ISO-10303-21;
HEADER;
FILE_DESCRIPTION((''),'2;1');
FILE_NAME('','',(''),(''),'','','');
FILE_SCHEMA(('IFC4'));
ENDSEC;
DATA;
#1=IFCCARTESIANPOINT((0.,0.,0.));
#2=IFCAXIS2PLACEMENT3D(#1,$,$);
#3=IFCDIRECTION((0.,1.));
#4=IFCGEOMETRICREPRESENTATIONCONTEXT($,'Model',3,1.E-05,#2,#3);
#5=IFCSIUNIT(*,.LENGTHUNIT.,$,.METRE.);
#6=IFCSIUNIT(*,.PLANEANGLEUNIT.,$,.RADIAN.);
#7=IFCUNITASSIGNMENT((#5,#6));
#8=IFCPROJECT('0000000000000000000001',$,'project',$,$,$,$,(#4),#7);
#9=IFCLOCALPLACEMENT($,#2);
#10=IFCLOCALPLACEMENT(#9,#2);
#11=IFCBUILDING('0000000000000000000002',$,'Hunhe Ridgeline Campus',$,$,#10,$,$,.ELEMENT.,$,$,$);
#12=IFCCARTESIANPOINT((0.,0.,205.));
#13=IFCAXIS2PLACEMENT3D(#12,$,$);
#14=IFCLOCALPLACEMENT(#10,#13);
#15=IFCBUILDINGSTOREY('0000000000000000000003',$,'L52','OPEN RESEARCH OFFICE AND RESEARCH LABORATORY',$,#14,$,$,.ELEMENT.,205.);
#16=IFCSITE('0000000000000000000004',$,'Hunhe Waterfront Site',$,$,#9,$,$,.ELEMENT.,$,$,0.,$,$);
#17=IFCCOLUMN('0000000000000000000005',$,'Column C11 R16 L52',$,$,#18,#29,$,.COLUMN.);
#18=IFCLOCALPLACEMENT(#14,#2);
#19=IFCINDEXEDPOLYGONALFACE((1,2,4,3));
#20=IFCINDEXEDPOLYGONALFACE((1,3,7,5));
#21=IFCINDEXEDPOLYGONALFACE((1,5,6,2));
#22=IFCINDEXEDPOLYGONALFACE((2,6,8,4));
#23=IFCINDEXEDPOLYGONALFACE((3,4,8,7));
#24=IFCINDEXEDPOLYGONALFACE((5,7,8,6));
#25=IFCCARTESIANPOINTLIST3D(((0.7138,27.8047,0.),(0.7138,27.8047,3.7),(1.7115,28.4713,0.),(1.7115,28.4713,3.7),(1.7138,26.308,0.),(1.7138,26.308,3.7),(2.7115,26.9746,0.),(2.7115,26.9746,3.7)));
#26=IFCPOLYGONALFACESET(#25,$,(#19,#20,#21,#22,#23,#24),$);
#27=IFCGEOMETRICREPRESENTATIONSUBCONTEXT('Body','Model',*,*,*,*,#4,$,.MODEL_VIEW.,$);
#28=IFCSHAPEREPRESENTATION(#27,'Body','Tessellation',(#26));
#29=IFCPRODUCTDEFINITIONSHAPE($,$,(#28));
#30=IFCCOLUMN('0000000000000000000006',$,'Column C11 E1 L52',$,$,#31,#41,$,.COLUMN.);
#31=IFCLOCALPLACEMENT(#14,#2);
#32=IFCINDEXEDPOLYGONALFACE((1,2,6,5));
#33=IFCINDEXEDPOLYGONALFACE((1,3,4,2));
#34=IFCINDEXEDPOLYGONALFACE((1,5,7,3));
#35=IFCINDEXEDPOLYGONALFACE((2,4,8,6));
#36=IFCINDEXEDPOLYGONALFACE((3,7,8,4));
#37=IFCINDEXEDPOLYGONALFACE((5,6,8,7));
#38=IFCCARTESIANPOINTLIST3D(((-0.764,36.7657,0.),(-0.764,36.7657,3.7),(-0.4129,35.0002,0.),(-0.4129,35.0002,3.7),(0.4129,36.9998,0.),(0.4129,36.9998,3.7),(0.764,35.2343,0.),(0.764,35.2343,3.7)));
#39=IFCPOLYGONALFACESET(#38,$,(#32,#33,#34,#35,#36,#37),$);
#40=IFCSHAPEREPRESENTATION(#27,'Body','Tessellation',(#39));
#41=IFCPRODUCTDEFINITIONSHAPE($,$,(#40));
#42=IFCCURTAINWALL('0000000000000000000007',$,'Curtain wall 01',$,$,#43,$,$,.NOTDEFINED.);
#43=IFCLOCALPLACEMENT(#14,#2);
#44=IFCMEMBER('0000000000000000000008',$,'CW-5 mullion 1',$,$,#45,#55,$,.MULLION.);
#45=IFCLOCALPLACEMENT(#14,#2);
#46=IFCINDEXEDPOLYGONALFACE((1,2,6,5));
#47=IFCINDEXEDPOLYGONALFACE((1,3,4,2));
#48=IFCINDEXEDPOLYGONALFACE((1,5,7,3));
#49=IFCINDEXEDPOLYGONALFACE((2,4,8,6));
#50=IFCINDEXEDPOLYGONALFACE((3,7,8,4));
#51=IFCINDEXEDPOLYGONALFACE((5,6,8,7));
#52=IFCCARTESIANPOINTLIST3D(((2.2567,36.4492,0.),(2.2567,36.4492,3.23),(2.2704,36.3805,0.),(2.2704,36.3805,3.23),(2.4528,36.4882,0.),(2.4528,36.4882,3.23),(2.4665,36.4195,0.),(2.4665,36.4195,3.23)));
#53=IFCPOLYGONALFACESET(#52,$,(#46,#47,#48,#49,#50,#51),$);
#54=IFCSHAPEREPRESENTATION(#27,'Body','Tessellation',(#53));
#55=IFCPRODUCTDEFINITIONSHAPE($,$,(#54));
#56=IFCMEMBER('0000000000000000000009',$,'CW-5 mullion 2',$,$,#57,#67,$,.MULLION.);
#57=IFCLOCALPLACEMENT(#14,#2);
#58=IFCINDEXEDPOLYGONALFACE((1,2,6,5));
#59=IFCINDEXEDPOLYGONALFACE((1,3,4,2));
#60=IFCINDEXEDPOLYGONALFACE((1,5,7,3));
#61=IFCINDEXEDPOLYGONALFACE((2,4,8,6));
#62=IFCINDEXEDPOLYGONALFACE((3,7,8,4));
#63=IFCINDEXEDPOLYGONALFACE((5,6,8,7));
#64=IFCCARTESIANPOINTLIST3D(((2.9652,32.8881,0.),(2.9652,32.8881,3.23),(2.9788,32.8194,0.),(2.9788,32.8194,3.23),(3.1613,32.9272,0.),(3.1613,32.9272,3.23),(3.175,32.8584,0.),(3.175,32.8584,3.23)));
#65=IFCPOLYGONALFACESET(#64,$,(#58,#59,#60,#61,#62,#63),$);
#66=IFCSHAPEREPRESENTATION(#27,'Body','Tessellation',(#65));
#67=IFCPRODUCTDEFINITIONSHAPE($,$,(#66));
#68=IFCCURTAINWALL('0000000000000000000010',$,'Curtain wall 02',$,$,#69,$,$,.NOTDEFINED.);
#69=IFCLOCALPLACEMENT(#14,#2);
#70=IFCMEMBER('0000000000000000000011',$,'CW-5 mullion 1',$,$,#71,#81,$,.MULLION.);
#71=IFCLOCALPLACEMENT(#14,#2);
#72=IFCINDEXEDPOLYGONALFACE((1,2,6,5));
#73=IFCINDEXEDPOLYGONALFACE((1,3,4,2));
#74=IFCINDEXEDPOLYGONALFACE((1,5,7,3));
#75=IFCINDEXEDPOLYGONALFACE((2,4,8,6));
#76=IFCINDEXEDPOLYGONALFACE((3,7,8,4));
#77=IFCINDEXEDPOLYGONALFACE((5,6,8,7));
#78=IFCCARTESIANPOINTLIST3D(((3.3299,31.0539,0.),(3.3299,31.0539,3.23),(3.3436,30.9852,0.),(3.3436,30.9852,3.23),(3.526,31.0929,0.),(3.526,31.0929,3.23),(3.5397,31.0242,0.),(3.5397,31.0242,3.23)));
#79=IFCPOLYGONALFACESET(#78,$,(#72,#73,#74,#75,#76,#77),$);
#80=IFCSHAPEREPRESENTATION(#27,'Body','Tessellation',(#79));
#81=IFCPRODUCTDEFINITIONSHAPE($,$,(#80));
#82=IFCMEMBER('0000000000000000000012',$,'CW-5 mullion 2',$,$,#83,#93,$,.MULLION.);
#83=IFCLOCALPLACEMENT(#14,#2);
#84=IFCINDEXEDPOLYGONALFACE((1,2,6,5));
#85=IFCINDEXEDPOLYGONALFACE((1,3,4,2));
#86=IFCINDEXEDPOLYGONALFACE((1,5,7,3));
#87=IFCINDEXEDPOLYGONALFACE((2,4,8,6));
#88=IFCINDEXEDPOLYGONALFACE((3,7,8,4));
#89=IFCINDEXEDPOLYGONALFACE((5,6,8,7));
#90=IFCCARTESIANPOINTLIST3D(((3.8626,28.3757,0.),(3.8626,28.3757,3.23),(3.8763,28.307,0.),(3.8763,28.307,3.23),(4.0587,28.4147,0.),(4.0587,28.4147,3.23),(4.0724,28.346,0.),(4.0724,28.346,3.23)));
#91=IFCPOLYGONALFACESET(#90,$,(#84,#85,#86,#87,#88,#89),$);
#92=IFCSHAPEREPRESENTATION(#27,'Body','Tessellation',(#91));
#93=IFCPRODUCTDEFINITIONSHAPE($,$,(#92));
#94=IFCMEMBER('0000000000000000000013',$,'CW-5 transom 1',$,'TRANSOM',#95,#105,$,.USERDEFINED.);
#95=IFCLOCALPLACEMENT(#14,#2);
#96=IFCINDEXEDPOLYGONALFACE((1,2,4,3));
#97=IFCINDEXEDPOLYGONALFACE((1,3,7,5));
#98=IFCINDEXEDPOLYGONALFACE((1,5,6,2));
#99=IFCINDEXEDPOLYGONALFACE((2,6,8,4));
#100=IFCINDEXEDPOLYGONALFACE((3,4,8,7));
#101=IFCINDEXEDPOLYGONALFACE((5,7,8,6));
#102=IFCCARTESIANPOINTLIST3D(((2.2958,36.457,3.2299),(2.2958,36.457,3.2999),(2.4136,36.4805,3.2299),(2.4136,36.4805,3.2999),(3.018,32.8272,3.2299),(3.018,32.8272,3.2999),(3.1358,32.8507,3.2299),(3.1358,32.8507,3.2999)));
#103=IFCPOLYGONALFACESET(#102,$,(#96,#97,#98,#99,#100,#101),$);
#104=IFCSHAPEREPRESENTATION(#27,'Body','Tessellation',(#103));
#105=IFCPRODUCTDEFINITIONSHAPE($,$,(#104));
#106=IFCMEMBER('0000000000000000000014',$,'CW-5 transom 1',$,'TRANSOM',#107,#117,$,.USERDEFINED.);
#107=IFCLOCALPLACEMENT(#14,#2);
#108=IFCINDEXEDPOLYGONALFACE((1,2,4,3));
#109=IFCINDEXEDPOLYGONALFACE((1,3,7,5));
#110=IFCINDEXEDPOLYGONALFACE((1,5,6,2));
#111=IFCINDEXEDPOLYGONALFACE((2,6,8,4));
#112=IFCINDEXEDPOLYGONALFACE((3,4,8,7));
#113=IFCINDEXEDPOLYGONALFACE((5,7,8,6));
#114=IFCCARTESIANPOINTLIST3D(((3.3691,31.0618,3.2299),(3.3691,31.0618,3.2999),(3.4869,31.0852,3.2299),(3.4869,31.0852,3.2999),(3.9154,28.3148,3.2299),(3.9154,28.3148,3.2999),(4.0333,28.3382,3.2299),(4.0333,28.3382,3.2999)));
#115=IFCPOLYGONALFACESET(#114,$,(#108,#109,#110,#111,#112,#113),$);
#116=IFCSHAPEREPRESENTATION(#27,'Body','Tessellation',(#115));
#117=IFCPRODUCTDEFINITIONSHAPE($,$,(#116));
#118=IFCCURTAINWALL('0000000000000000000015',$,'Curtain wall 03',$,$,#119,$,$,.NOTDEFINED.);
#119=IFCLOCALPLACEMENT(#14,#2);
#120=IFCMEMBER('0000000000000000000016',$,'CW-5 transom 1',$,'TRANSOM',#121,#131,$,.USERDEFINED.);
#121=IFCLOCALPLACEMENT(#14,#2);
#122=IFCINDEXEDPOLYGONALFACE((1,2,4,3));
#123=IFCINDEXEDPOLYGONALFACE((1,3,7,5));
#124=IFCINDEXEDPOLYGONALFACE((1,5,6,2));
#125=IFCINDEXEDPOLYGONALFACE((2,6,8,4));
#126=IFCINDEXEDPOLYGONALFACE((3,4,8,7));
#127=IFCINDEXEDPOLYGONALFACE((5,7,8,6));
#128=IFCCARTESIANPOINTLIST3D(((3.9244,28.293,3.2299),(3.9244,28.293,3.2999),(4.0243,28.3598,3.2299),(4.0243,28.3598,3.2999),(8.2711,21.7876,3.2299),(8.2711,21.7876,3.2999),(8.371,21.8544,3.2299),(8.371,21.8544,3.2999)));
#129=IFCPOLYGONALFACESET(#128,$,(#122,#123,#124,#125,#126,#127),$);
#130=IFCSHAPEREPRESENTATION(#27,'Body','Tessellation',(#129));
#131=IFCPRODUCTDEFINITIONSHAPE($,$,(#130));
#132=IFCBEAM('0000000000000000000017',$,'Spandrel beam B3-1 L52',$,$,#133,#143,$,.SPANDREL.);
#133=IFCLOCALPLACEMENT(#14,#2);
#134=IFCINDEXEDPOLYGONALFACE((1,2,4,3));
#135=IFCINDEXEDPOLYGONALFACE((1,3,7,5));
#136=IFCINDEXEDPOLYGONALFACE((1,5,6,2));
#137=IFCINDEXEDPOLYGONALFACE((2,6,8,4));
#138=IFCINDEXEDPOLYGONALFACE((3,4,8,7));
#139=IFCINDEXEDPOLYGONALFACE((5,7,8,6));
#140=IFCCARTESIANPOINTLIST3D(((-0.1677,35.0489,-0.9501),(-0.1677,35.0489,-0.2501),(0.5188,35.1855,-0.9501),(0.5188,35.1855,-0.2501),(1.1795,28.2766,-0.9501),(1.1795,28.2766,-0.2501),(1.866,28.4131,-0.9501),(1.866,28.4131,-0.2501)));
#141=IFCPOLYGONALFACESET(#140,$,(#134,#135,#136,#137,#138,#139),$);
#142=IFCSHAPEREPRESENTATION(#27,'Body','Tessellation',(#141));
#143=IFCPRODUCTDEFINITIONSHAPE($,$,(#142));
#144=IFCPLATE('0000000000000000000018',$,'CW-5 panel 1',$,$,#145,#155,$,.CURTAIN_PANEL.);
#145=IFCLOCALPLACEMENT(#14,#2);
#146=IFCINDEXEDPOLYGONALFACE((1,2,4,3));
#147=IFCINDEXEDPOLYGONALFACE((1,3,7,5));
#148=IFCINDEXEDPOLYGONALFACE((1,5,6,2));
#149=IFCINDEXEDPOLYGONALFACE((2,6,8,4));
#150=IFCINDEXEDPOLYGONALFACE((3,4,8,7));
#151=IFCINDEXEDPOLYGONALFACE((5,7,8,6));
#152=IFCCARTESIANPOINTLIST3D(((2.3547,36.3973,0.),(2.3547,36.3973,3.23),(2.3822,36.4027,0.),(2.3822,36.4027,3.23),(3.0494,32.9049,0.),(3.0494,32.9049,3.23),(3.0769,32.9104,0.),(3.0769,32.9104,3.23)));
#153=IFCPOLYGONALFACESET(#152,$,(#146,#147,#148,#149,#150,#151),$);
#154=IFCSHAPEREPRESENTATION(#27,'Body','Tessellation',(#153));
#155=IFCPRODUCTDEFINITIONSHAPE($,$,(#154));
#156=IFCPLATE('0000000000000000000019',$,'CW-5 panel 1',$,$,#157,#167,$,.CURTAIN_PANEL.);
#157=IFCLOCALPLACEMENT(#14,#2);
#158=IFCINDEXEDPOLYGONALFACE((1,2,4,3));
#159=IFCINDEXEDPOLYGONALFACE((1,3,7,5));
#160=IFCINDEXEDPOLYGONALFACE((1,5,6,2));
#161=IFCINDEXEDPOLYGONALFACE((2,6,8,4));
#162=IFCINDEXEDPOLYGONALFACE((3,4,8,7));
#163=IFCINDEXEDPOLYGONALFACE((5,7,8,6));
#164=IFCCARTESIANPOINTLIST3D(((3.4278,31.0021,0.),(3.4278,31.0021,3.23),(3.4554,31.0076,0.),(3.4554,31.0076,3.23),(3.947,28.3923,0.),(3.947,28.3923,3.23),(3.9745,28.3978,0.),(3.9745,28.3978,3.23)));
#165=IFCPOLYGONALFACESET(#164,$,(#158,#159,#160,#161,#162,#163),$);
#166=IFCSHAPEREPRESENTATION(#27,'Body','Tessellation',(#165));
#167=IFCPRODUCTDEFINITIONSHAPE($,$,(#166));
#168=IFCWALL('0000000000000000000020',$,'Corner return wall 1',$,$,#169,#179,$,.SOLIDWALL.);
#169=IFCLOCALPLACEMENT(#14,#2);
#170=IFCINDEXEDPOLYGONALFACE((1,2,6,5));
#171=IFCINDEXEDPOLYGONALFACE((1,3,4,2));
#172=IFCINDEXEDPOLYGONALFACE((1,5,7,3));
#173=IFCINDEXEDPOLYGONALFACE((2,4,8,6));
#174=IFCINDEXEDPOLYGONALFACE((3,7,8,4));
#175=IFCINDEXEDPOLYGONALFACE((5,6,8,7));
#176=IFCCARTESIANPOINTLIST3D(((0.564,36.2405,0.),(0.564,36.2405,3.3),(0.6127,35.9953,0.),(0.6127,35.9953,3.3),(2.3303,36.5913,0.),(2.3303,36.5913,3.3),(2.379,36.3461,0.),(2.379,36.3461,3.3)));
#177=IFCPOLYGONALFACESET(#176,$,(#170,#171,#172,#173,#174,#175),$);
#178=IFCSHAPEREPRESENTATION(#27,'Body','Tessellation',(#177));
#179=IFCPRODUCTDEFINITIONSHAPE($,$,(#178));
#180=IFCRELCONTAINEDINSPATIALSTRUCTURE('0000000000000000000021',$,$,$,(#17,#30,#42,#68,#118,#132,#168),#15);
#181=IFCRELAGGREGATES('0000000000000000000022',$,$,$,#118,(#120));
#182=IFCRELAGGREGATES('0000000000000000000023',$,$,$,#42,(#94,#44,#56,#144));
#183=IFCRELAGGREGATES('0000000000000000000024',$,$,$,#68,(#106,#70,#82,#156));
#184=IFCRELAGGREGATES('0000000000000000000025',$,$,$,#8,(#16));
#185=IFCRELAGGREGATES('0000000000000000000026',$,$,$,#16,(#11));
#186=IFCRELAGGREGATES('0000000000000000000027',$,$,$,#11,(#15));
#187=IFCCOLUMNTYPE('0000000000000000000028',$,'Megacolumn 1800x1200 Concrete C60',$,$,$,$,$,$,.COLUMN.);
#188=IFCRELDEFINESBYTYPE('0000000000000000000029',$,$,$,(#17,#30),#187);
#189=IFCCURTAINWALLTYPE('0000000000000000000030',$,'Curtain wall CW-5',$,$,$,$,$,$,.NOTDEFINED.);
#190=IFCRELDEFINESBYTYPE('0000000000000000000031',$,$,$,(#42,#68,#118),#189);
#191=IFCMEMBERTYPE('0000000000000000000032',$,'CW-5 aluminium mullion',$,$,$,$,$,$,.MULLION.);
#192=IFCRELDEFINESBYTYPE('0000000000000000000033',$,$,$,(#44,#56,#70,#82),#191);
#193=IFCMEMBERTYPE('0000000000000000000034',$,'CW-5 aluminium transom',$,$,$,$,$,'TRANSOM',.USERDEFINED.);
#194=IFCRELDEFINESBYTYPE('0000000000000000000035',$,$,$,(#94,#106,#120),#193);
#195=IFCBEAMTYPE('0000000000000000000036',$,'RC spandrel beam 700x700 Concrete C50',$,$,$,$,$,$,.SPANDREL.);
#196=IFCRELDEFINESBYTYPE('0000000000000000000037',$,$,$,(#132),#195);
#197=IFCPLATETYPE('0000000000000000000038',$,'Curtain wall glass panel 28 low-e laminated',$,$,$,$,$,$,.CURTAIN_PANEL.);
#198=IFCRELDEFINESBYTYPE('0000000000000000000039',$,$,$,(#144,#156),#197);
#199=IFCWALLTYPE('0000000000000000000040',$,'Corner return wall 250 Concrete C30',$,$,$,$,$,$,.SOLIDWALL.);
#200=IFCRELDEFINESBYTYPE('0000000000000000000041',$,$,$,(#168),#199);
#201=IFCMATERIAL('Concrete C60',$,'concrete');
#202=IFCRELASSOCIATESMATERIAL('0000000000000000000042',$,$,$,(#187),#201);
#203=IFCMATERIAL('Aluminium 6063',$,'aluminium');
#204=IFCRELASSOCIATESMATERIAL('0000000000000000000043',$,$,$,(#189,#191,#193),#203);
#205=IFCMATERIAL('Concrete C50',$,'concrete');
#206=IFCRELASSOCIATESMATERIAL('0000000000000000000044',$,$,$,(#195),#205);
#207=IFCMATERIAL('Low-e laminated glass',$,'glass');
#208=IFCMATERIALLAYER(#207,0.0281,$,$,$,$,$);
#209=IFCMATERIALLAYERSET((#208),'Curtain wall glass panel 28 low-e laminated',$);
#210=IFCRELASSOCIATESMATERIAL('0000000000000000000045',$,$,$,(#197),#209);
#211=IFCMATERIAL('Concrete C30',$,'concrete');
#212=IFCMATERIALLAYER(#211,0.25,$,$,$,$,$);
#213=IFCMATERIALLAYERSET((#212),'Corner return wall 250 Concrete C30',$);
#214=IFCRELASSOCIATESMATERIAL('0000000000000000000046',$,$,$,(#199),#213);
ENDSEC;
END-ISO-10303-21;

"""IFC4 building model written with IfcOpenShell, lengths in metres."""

from ifc_helpers import new_model, si_unit, direction, frame, frame_2d, origin, origin_2d, place, context, subcontext, project, spatial, rectangle, extrude, material, layer, layer_set, material_profile, profile_set, type_object, element, aggregate, save


model = new_model("IFC4")

# Units and contexts
model_context = context("Model", 3, precision=1e-05, world=origin(), true_north=direction((0.0, 1.0)))
body_context = subcontext(model_context, "Body", "Model", "MODEL_VIEW")
ifc_project = project(units=[si_unit("LENGTHUNIT", "METRE"), si_unit("PLANEANGLEUNIT", "RADIAN")], contexts=[model_context])

# Site, building, storey
site_placement = place(None, origin())
site = spatial("IfcSite", under=ifc_project, at=site_placement, Name="Hunhe Waterfront Site", CompositionType="ELEMENT", RefElevation=0.0)
building_placement = place(site_placement, origin())
building = spatial("IfcBuilding", under=site, at=building_placement, Name="Hunhe Ridgeline Campus", CompositionType="ELEMENT")
storey_placement = place(building_placement, frame((0.0, 0.0, 205.0)))
storey = spatial("IfcBuildingStorey", under=building, at=storey_placement, Name="L52", Description="OPEN RESEARCH OFFICE AND RESEARCH LABORATORY", CompositionType="ELEMENT", Elevation=205.0)

# Columns
ifc_material_1 = material(Name="Concrete C60", Category="concrete")
ifc_material_profile_1 = material_profile(ifc_material_1, rectangle(XDim=1.8, YDim=1.2, at=origin_2d()))
ifc_profile_set_1 = profile_set([ifc_material_profile_1], Name="Concrete C60")
column_type = type_object("IfcColumnType", Name="Megacolumn 1800x1200 Concrete C60", PredefinedType="COLUMN", material=ifc_profile_set_1)
for number, where, z_axis, x_axis, name in (
    (1, (1.7126, 27.3896, 0.0), (0.0, 0.0, 1.0), (-0.55557, 0.83147, 0.0), "Column C11 R16 L52"),
    (2, (0.0, 36.0, 0.0), (0.0, 0.0, 1.0), (-0.19509, 0.980785, 0.0), "Column C11 E1 L52"),
):
    element("IfcColumn", number, at=place(storey_placement, frame(where, z_axis=z_axis, x_axis=x_axis)), inside=storey, type_object=column_type, Name=name, PredefinedType="COLUMN", context=body_context, shape_type="SweptSolid", body=[
        extrude(rectangle(XDim=1.8, YDim=1.2, at=origin_2d()), origin(), (0.0, 0.0, 1.0), 3.7),
    ])

# Curtain walls, members
ifc_material_2 = material(Name="Aluminium 6063", Category="aluminium")
curtain_wall_type = type_object("IfcCurtainWallType", Name="Curtain wall CW-5", PredefinedType="NOTDEFINED", material=ifc_material_2)
curtain_wall_1_placement = place(storey_placement, origin())
curtain_wall_1 = element("IfcCurtainWall", 3, at=curtain_wall_1_placement, inside=storey, type_object=curtain_wall_type, Name="Curtain wall 01", PredefinedType="NOTDEFINED")
ifc_material_profile_2 = material_profile(ifc_material_2, rectangle(XDim=0.2, YDim=0.0701, at=origin_2d()))
ifc_profile_set_2 = profile_set([ifc_material_profile_2], Name="Aluminium 6063")
member_type_1 = type_object("IfcMemberType", Name="CW-5 aluminium mullion", PredefinedType="MULLION", material=ifc_profile_set_2)
member_1_placement = place(storey_placement, frame((2.3616, 36.4343, 0.0), z_axis=(0.0, 0.0, 1.0), x_axis=(0.980784, 0.195095, 0.0)))
member_1 = element("IfcMember", 4, at=member_1_placement, type_object=member_type_1, Name="CW-5 mullion 1", PredefinedType="MULLION", context=body_context, shape_type="SweptSolid", body=[
    extrude(rectangle(XDim=0.2, YDim=0.0701, at=origin_2d()), origin(), (0.0, 0.0, 1.0), 3.23),
])
member_2_placement = place(storey_placement, frame((3.0701, 32.8733, 0.0), z_axis=(0.0, 0.0, 1.0), x_axis=(0.980784, 0.195095, 0.0)))
member_2 = element("IfcMember", 5, at=member_2_placement, type_object=member_type_1, Name="CW-5 mullion 2", PredefinedType="MULLION", context=body_context, shape_type="SweptSolid", body=[
    extrude(rectangle(XDim=0.2, YDim=0.0701, at=origin_2d()), origin(), (0.0, 0.0, 1.0), 3.23),
])
curtain_wall_2_placement = place(storey_placement, origin())
curtain_wall_2 = element("IfcCurtainWall", 6, at=curtain_wall_2_placement, inside=storey, type_object=curtain_wall_type, Name="Curtain wall 02", PredefinedType="NOTDEFINED")
member_3_placement = place(storey_placement, frame((3.4348, 31.0391, 0.0), z_axis=(0.0, 0.0, 1.0), x_axis=(0.980784, 0.195095, 0.0)))
member_3 = element("IfcMember", 7, at=member_3_placement, type_object=member_type_1, Name="CW-5 mullion 1", PredefinedType="MULLION", context=body_context, shape_type="SweptSolid", body=[
    extrude(rectangle(XDim=0.2, YDim=0.0701, at=origin_2d()), origin(), (0.0, 0.0, 1.0), 3.23),
])
member_4_placement = place(storey_placement, frame((3.9675, 28.3608, 0.0), z_axis=(0.0, 0.0, 1.0), x_axis=(0.980784, 0.195095, 0.0)))
member_4 = element("IfcMember", 8, at=member_4_placement, type_object=member_type_1, Name="CW-5 mullion 2", PredefinedType="MULLION", context=body_context, shape_type="SweptSolid", body=[
    extrude(rectangle(XDim=0.2, YDim=0.0701, at=origin_2d()), origin(), (0.0, 0.0, 1.0), 3.23),
])

# Members
ifc_material_profile_3 = material_profile(ifc_material_2, rectangle(XDim=0.1201, YDim=0.0701, at=origin_2d()))
ifc_profile_set_3 = profile_set([ifc_material_profile_3], Name="Aluminium 6063")
member_type_2 = type_object("IfcMemberType", Name="CW-5 aluminium transom", ElementType="TRANSOM", PredefinedType="USERDEFINED", material=ifc_profile_set_3)
member_5_placement = place(storey_placement, frame((2.3547, 36.4688, 3.2649), z_axis=(0.195127, -0.980778, 0.0), x_axis=(0.980778, 0.195127, 0.0)))
member_5 = element("IfcMember", 9, at=member_5_placement, type_object=member_type_2, Name="CW-5 transom 1", ObjectType="TRANSOM", PredefinedType="USERDEFINED", context=body_context, shape_type="SweptSolid", body=[
    extrude(rectangle(XDim=0.1201, YDim=0.0701, at=origin_2d()), origin(), (0.0, 0.0, 1.0), 3.7009),
])
member_6_placement = place(storey_placement, frame((3.428, 31.0735, 3.2649), z_axis=(0.195077, -0.980788, 0.0), x_axis=(0.980788, 0.195077, 0.0)))
member_6 = element("IfcMember", 10, at=member_6_placement, type_object=member_type_2, Name="CW-5 transom 1", ObjectType="TRANSOM", PredefinedType="USERDEFINED", context=body_context, shape_type="SweptSolid", body=[
    extrude(rectangle(XDim=0.1201, YDim=0.0701, at=origin_2d()), origin(), (0.0, 0.0, 1.0), 2.8008),
])

# Curtain wall, member
curtain_wall_3_placement = place(storey_placement, origin())
curtain_wall_3 = element("IfcCurtainWall", 11, at=curtain_wall_3_placement, inside=storey, type_object=curtain_wall_type, Name="Curtain wall 03", PredefinedType="NOTDEFINED")
member_7_placement = place(storey_placement, frame((3.9744, 28.3264, 3.2649), z_axis=(0.555564, -0.831474, 0.0), x_axis=(0.831474, 0.555564, 0.0)))
member_7 = element("IfcMember", 12, at=member_7_placement, type_object=member_type_2, Name="CW-5 transom 1", ObjectType="TRANSOM", PredefinedType="USERDEFINED", context=body_context, shape_type="SweptSolid", body=[
    extrude(rectangle(XDim=0.1201, YDim=0.0701, at=origin_2d()), origin(), (0.0, 0.0, 1.0), 7.824),
])
aggregate(curtain_wall_3, [member_7])

# Beam
ifc_material_3 = material(Name="Concrete C50", Category="concrete")
ifc_material_profile_4 = material_profile(ifc_material_3, rectangle(XDim=0.7, YDim=0.7, at=origin_2d()))
ifc_profile_set_4 = profile_set([ifc_material_profile_4], Name="Concrete C50")
beam_type = type_object("IfcBeamType", Name="RC spandrel beam 700x700 Concrete C50", PredefinedType="SPANDREL", material=ifc_profile_set_4)
beam_placement = place(storey_placement, frame((0.1755, 35.1172, -0.6001), z_axis=(0.195103, -0.980783, 0.0), x_axis=(0.980783, 0.195103, 0.0)))
element("IfcBeam", 13, at=beam_placement, inside=storey, type_object=beam_type, Name="Spandrel beam B3-1 L52", PredefinedType="SPANDREL", context=body_context, shape_type="SweptSolid", body=[
    extrude(rectangle(XDim=0.7, YDim=0.7, at=origin_2d()), origin(), (0.0, 0.0, 1.0), 6.905),
])

# Plates
ifc_material_4 = material(Name="Low-e laminated glass", Category="glass")
ifc_layer_1 = layer(ifc_material_4, 0.0281)
ifc_layer_set_1 = layer_set([ifc_layer_1], Name="Curtain wall glass panel 28 low-e laminated")
plate_type = type_object("IfcPlateType", Name="Curtain wall glass panel 28 low-e laminated", PredefinedType="CURTAIN_PANEL", material=ifc_layer_set_1)
plate_1_placement = place(storey_placement, frame((2.7158, 34.6538, 0.0), z_axis=(0.0, 0.0, 1.0), x_axis=(0.195095, -0.980784, 0.0)))
plate_1 = element("IfcPlate", 14, at=plate_1_placement, type_object=plate_type, Name="CW-5 panel 1", PredefinedType="CURTAIN_PANEL", context=body_context, shape_type="SweptSolid", body=[
    extrude(rectangle(XDim=3.5608, YDim=0.0281, at=origin_2d()), origin(), (0.0, 0.0, 1.0), 3.23),
])
aggregate(curtain_wall_1, [member_5, member_1, member_2, plate_1])
plate_2_placement = place(storey_placement, frame((3.7012, 29.7, 0.0), z_axis=(0.0, 0.0, 1.0), x_axis=(0.195095, -0.980784, 0.0)))
plate_2 = element("IfcPlate", 15, at=plate_2_placement, type_object=plate_type, Name="CW-5 panel 1", PredefinedType="CURTAIN_PANEL", context=body_context, shape_type="SweptSolid", body=[
    extrude(rectangle(XDim=2.6609, YDim=0.0281, at=origin_2d()), origin(), (0.0, 0.0, 1.0), 3.23),
])
aggregate(curtain_wall_2, [member_6, member_3, member_4, plate_2])

# Wall
ifc_material_5 = material(Name="Concrete C30", Category="concrete")
ifc_layer_2 = layer(ifc_material_5, 0.25)
ifc_layer_set_2 = layer_set([ifc_layer_2], Name="Corner return wall 250 Concrete C30")
wall_type_1 = type_object("IfcWallType", Name="Corner return wall 250 Concrete C30", PredefinedType="SOLIDWALL", material=ifc_layer_set_2)
wall_1_placement = place(storey_placement, frame((0.5884, 36.1179, 0.0), z_axis=(0.0, 0.0, 1.0), x_axis=(0.980841, 0.194812, 0.0)))
element("IfcWall", 16, at=wall_1_placement, inside=storey, type_object=wall_type_1, Name="Corner return wall 1", PredefinedType="SOLIDWALL", context=body_context, shape_type="SweptSolid", body=[
    extrude(rectangle(XDim=1.8008, YDim=0.25, at=frame_2d((0.9004, 0.0))), origin(), (0.0, 0.0, 1.0), 3.3),
])

save(model, "model.ifc")
